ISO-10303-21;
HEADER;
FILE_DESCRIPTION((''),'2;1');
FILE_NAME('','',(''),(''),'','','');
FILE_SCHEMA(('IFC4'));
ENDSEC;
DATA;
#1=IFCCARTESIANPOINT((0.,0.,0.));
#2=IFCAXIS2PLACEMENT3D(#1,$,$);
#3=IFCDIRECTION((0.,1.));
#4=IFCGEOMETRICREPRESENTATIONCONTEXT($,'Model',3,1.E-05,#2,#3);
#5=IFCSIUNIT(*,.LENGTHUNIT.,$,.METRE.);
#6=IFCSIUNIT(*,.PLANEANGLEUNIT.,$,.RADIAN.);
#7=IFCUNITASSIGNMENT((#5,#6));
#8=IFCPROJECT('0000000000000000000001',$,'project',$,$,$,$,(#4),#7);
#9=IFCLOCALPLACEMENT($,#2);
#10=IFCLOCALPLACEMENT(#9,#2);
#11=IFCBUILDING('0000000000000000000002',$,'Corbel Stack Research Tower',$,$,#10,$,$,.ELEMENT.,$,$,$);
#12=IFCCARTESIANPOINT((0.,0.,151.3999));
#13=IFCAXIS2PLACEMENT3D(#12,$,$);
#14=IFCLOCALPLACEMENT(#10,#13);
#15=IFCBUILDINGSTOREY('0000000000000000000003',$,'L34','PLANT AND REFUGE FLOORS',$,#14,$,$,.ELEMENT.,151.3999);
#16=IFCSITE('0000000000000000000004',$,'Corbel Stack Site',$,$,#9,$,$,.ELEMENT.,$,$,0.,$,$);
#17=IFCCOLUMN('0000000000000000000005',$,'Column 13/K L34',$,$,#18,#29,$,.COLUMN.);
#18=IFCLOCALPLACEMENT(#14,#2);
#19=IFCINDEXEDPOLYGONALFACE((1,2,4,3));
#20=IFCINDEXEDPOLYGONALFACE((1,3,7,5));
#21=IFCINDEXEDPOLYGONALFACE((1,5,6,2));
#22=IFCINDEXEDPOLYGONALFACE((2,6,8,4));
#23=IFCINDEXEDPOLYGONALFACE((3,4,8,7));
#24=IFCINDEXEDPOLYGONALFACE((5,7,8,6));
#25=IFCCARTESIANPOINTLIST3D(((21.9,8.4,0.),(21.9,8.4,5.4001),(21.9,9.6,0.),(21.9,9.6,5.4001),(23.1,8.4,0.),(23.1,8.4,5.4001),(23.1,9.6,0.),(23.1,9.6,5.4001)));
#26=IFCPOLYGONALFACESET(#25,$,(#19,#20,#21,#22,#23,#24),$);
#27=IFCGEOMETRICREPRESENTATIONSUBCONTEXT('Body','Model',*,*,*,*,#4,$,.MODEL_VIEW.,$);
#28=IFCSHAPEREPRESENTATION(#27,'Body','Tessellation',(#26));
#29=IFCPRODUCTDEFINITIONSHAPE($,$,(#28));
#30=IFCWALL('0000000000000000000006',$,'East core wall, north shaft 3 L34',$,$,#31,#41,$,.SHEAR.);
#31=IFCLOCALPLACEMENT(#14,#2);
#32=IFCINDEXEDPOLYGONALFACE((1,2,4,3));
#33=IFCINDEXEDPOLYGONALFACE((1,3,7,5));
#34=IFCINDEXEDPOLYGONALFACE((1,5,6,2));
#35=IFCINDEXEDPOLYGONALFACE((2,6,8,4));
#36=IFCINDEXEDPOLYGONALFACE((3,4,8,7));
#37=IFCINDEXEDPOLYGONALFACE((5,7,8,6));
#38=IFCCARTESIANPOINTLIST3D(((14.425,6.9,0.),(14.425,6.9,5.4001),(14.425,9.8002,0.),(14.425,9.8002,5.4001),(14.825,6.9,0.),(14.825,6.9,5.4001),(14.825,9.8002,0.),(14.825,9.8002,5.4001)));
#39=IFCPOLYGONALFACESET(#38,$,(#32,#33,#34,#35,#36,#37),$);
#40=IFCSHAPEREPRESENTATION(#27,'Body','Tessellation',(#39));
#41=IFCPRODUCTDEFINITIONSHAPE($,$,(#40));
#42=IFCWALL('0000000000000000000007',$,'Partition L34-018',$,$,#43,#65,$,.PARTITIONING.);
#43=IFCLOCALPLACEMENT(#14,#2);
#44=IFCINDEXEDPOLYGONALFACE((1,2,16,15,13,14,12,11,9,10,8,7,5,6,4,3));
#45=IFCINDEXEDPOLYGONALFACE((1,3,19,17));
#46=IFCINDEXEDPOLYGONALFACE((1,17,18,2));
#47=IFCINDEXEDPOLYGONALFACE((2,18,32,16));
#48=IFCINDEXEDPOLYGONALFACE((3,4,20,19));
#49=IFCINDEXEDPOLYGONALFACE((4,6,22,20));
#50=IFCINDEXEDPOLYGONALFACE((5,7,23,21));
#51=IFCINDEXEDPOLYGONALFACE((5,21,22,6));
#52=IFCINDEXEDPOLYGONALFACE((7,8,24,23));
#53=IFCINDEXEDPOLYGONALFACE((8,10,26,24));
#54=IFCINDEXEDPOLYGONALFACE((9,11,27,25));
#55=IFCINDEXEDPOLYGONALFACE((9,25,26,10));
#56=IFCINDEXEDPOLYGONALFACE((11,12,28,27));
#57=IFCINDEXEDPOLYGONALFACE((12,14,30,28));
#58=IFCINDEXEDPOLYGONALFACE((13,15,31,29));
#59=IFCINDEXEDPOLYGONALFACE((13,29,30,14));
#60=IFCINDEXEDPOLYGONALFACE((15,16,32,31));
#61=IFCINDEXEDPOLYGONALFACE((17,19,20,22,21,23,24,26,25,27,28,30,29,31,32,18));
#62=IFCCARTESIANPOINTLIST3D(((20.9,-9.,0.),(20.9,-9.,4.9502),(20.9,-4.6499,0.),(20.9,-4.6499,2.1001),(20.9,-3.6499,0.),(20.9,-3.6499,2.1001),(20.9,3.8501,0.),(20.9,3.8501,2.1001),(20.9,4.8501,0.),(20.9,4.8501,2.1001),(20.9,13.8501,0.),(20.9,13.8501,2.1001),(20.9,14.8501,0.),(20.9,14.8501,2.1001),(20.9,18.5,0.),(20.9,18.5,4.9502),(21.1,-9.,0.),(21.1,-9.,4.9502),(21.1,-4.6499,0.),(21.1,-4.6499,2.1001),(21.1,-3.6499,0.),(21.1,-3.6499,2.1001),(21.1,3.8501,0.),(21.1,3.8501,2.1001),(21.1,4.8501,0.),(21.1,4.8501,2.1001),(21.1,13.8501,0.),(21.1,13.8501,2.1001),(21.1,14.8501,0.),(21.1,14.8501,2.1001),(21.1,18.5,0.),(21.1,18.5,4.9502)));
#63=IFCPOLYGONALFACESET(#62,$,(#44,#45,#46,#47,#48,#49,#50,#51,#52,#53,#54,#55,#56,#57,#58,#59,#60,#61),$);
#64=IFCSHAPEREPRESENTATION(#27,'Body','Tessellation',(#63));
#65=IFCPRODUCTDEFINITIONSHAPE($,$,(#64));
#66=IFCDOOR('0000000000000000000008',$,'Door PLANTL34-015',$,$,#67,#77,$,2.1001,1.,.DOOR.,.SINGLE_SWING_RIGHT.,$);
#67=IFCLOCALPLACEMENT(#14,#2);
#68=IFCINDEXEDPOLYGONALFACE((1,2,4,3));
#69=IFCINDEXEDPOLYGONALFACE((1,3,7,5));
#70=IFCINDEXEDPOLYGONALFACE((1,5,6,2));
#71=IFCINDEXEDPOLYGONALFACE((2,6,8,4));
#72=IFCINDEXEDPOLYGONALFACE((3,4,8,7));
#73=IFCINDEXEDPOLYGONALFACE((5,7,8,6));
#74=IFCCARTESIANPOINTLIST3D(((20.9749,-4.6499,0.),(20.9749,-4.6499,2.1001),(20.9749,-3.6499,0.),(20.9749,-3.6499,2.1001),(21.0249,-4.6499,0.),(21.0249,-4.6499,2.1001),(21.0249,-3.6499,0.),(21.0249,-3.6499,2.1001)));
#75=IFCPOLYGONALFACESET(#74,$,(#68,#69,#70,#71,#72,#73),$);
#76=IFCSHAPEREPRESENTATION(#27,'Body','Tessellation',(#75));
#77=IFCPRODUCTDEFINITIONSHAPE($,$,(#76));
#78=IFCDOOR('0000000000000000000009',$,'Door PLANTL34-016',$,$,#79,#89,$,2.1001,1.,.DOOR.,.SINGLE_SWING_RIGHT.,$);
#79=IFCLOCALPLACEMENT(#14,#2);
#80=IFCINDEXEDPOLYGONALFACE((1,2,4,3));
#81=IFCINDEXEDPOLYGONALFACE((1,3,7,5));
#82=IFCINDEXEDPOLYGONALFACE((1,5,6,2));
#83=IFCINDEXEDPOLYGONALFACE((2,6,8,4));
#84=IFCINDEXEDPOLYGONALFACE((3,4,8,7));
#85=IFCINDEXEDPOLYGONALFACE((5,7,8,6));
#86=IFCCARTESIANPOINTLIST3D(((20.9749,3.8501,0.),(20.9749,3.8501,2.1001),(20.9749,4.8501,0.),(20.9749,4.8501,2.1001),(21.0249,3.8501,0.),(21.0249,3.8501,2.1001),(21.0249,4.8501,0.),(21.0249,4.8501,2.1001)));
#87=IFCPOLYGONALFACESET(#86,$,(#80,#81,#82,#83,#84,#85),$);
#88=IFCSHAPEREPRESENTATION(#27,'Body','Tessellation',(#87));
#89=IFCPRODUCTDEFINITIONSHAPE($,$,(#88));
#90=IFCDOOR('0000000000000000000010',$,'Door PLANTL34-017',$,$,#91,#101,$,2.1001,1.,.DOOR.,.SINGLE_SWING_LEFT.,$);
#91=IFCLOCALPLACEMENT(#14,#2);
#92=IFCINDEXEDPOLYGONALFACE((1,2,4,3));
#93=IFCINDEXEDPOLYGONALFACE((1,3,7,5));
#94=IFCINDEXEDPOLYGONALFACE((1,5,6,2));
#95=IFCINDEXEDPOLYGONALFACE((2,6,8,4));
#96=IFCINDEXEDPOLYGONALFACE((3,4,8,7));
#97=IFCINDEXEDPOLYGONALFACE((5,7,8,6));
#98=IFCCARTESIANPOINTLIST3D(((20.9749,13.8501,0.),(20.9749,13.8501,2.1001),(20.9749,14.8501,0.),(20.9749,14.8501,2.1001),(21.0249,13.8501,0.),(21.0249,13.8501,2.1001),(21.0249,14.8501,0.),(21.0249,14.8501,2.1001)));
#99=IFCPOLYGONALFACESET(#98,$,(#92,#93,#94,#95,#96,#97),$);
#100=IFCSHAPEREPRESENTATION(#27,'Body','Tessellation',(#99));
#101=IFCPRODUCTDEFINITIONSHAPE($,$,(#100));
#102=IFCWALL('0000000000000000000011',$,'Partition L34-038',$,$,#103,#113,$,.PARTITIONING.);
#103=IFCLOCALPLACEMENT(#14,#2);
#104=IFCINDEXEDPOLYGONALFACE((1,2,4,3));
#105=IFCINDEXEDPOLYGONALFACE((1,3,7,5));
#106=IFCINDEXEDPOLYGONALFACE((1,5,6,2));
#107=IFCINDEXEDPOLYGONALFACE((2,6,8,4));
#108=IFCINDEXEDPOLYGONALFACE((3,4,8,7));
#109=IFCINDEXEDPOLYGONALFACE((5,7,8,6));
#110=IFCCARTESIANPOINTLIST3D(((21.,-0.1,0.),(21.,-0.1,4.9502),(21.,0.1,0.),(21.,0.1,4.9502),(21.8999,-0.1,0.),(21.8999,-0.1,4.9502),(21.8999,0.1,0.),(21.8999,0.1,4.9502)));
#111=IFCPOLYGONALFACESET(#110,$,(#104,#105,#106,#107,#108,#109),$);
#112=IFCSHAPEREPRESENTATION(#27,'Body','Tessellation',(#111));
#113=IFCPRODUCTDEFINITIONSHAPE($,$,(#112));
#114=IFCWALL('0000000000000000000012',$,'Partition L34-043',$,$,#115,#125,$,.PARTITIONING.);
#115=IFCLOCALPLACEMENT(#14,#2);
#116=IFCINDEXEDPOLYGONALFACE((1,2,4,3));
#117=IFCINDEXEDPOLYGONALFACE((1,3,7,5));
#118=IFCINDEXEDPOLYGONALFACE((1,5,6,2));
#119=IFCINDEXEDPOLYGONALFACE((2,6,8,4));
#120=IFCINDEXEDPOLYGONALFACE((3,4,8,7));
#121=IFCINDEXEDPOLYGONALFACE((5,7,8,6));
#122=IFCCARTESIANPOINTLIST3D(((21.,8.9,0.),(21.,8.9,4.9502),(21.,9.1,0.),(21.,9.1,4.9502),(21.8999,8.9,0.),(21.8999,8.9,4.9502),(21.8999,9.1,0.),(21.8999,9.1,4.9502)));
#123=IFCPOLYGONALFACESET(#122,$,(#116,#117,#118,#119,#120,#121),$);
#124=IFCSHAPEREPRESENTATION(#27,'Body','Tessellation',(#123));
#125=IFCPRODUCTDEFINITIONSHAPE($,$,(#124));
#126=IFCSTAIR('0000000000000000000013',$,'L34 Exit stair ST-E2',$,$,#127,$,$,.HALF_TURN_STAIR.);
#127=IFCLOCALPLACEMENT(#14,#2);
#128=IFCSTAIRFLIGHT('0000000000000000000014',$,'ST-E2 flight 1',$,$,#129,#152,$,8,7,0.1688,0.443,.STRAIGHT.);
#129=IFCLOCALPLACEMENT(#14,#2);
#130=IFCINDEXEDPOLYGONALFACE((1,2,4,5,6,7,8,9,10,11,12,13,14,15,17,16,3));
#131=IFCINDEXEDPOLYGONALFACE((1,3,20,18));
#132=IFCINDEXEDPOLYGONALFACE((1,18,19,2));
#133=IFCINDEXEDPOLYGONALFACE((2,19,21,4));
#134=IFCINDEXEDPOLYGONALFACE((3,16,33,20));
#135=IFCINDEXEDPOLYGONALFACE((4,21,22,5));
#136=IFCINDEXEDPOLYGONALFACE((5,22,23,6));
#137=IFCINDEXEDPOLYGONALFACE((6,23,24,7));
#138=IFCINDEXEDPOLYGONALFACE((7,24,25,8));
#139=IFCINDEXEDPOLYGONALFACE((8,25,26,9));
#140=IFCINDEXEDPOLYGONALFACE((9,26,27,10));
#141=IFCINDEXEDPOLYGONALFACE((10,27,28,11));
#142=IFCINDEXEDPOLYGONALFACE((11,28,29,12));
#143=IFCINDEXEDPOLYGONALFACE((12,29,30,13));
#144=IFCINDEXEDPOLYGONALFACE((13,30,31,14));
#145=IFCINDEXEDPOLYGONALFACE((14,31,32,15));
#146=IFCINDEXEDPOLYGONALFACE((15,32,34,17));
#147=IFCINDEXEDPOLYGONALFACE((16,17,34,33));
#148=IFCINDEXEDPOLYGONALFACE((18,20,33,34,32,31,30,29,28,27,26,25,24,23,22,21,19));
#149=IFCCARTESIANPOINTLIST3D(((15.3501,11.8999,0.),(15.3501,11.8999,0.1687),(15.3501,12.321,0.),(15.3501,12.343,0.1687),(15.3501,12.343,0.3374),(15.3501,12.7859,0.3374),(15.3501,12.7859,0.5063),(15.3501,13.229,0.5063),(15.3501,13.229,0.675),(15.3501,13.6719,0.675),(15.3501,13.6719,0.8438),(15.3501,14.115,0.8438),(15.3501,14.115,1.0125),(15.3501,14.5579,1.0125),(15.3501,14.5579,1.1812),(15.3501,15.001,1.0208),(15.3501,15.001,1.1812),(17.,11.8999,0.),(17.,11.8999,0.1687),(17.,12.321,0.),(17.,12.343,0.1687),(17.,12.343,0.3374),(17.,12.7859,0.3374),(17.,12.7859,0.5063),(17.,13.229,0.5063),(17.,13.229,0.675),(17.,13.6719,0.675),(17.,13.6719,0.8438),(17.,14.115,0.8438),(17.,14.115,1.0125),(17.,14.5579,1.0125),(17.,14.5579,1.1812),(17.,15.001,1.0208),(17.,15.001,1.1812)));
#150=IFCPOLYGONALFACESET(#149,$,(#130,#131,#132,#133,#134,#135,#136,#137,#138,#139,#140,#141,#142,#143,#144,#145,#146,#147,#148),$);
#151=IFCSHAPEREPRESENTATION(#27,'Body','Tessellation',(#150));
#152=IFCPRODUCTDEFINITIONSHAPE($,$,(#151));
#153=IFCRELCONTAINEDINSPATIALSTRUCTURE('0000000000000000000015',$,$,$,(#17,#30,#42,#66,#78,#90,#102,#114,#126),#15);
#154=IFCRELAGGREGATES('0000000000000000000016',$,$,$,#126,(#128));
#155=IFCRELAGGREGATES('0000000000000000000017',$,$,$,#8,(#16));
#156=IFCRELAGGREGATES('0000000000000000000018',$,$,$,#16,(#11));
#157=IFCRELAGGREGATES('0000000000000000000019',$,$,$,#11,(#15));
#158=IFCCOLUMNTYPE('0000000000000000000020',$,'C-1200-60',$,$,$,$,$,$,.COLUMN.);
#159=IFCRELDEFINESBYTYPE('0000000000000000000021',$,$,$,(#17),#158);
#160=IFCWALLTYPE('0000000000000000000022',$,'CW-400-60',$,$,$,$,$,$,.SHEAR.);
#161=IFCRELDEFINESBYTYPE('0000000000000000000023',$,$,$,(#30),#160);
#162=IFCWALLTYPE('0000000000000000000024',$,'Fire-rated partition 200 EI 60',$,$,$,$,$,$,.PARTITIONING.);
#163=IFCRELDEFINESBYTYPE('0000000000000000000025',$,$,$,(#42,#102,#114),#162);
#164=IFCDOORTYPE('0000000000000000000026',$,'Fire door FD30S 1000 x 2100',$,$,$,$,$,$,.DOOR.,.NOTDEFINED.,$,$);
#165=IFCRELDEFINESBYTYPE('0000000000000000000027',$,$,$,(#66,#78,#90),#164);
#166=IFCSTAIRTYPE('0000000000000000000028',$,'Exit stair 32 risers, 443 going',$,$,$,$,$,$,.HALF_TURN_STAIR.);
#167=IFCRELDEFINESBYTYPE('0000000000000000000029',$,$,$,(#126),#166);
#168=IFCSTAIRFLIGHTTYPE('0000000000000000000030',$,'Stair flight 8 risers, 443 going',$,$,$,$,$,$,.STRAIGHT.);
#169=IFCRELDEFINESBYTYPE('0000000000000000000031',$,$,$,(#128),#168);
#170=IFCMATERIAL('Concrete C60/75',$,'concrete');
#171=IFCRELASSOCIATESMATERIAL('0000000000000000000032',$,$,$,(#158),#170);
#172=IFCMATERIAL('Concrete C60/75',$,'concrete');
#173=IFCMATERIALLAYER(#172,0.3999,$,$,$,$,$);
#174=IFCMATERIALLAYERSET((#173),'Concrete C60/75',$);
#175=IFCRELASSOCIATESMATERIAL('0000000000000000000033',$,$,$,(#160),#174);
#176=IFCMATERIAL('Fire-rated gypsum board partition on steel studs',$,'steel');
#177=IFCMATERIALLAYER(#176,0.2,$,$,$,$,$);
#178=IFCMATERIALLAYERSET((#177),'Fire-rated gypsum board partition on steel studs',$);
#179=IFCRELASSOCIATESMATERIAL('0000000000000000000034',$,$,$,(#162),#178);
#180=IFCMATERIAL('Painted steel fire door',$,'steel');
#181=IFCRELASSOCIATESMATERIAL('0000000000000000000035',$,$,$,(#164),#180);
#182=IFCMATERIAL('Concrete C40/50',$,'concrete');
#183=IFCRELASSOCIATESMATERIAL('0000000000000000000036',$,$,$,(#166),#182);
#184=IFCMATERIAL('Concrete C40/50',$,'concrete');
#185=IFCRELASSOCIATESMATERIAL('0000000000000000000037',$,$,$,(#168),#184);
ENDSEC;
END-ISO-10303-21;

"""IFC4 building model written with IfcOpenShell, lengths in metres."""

from ifc_helpers import new_model, si_unit, direction, frame, frame_2d, origin, origin_2d, place, context, subcontext, project, spatial, polyline, rectangle, outline, extrude, material, layer, layer_set, material_profile, profile_set, type_object, element, fill, aggregate, save


model = new_model("IFC4")

# Units and contexts
model_context = context("Model", 3, precision=1e-05, world=origin(), true_north=direction((0.0, 1.0)))
body_context = subcontext(model_context, "Body", "Model", "MODEL_VIEW")
ifc_project = project(units=[si_unit("LENGTHUNIT", "METRE"), si_unit("PLANEANGLEUNIT", "RADIAN")], contexts=[model_context])

# Site, building, storey
site_placement = place(None, origin())
site = spatial("IfcSite", under=ifc_project, at=site_placement, Name="Corbel Stack Site", CompositionType="ELEMENT", RefElevation=0.0)
building_placement = place(site_placement, origin())
building = spatial("IfcBuilding", under=site, at=building_placement, Name="Corbel Stack Research Tower", CompositionType="ELEMENT")
storey_placement = place(building_placement, frame((0.0, 0.0, 151.3999)))
storey = spatial("IfcBuildingStorey", under=building, at=storey_placement, Name="L34", Description="PLANT AND REFUGE FLOORS", CompositionType="ELEMENT", Elevation=151.3999)

# Column
ifc_material_1 = material(Name="Concrete C60/75", Category="concrete")
ifc_material_profile = material_profile(ifc_material_1, rectangle(XDim=1.2, YDim=1.2, at=origin_2d()), Name="RC 1200 x 1200")
ifc_profile_set = profile_set([ifc_material_profile], Name="Concrete C60/75")
column_type = type_object("IfcColumnType", Name="C-1200-60", PredefinedType="COLUMN", material=ifc_profile_set)
column_placement = place(storey_placement, frame((22.5, 9.0, 0.0), z_axis=(0.0, 0.0, 1.0), x_axis=(1.0, 0.0, 0.0)))
element("IfcColumn", 1, at=column_placement, inside=storey, type_object=column_type, Name="Column 13/K L34", PredefinedType="COLUMN", context=body_context, shape_type="SweptSolid", body=[
    extrude(rectangle(XDim=1.2, YDim=1.2, at=origin_2d()), origin(), (0.0, 0.0, 1.0), 5.4001),
])

# Wall
ifc_material_2 = material(Name="Concrete C60/75", Category="concrete")
ifc_layer_1 = layer(ifc_material_2, 0.3999)
ifc_layer_set_1 = layer_set([ifc_layer_1], Name="Concrete C60/75")
wall_type_1 = type_object("IfcWallType", Name="CW-400-60", PredefinedType="SHEAR", material=ifc_layer_set_1)
wall_1_placement = place(storey_placement, frame((14.625, 6.8999, 0.0), z_axis=(0.0, 0.0, 1.0), x_axis=(0.0, 1.0, 0.0)))
element("IfcWall", 2, at=wall_1_placement, inside=storey, type_object=wall_type_1, Name="East core wall, north shaft 3 L34", PredefinedType="SHEAR", context=body_context, shape_type="SweptSolid", body=[
    extrude(rectangle(XDim=2.9001, YDim=0.3999, at=frame_2d((1.4502, 0.0))), origin(), (0.0, 0.0, 1.0), 5.4001),
])

# Wall, openings, doors
ifc_material_3 = material(Name="Fire-rated gypsum board partition on steel studs", Category="steel")
ifc_layer_2 = layer(ifc_material_3, 0.2)
ifc_layer_set_2 = layer_set([ifc_layer_2], Name="Fire-rated gypsum board partition on steel studs")
wall_type_2 = type_object("IfcWallType", Name="Fire-rated partition 200 EI 60", PredefinedType="PARTITIONING", material=ifc_layer_set_2)
wall_2_placement = place(storey_placement, frame((21.0, 18.5, 0.0), z_axis=(0.0, 0.0, 1.0), x_axis=(0.0, -1.0, 0.0)))
wall_2 = element("IfcWall", 3, at=wall_2_placement, inside=storey, type_object=wall_type_2, Name="Partition L34-018", PredefinedType="PARTITIONING", context=body_context, shape_type="SweptSolid", body=[
    extrude(rectangle(XDim=27.5, YDim=0.2, at=frame_2d((13.75, 0.0))), origin(), (0.0, 0.0, 1.0), 4.9502),
])
opening_1_placement = place(wall_2_placement, frame((22.1499, 0.0, 0.0)))
opening_1 = element("IfcOpeningElement", 4, at=opening_1_placement, cuts=wall_2, PredefinedType="OPENING", context=body_context, shape_type="SweptSolid", body=[
    extrude(rectangle(XDim=1.0, YDim=2.1001, at=frame_2d((0.5, 1.05))), frame((0.0, 0.1099, 0.0), z_axis=(0.0, -1.0, 0.0), x_axis=(1.0, 0.0, 0.0)), (0.0, 0.0, 1.0), 0.22),
])
opening_2_placement = place(wall_2_placement, frame((13.6499, 0.0, 0.0)))
opening_2 = element("IfcOpeningElement", 5, at=opening_2_placement, cuts=wall_2, PredefinedType="OPENING", context=body_context, shape_type="SweptSolid", body=[
    extrude(rectangle(XDim=1.0, YDim=2.1001, at=frame_2d((0.5, 1.05))), frame((0.0, 0.1099, 0.0), z_axis=(0.0, -1.0, 0.0), x_axis=(1.0, 0.0, 0.0)), (0.0, 0.0, 1.0), 0.22),
])
opening_3_placement = place(wall_2_placement, frame((3.6499, 0.0, 0.0)))
opening_3 = element("IfcOpeningElement", 6, at=opening_3_placement, cuts=wall_2, PredefinedType="OPENING", context=body_context, shape_type="SweptSolid", body=[
    extrude(rectangle(XDim=1.0, YDim=2.1001, at=frame_2d((0.5, 1.05))), frame((0.0, 0.1099, 0.0), z_axis=(0.0, -1.0, 0.0), x_axis=(1.0, 0.0, 0.0)), (0.0, 0.0, 1.0), 0.22),
])
ifc_material_4 = material(Name="Painted steel fire door", Category="steel")
door_type = type_object("IfcDoorType", Name="Fire door FD30S 1000 x 2100", OperationType="NOTDEFINED", PredefinedType="DOOR", material=ifc_material_4)
door_1_placement = place(opening_1_placement, origin())
door_1 = element("IfcDoor", 7, at=door_1_placement, inside=storey, type_object=door_type, Name="Door PLANTL34-015", OperationType="SINGLE_SWING_RIGHT", OverallHeight=2.1001, OverallWidth=1.0, PredefinedType="DOOR", context=body_context, shape_type="SweptSolid", body=[
    extrude(rectangle(XDim=1.0, YDim=2.1001, at=frame_2d((0.5, 1.05))), frame((0.0, 0.0249, 0.0), z_axis=(0.0, -1.0, 0.0), x_axis=(1.0, 0.0, 0.0)), (0.0, 0.0, 1.0), 0.05),
])
fill(opening_1, door_1)
door_2_placement = place(opening_2_placement, origin())
door_2 = element("IfcDoor", 8, at=door_2_placement, inside=storey, type_object=door_type, Name="Door PLANTL34-016", OperationType="SINGLE_SWING_RIGHT", OverallHeight=2.1001, OverallWidth=1.0, PredefinedType="DOOR", context=body_context, shape_type="SweptSolid", body=[
    extrude(rectangle(XDim=1.0, YDim=2.1001, at=frame_2d((0.5, 1.05))), frame((0.0, 0.0249, 0.0), z_axis=(0.0, -1.0, 0.0), x_axis=(1.0, 0.0, 0.0)), (0.0, 0.0, 1.0), 0.05),
])
fill(opening_2, door_2)
door_3_placement = place(opening_3_placement, origin())
door_3 = element("IfcDoor", 9, at=door_3_placement, inside=storey, type_object=door_type, Name="Door PLANTL34-017", OperationType="SINGLE_SWING_LEFT", OverallHeight=2.1001, OverallWidth=1.0, PredefinedType="DOOR", context=body_context, shape_type="SweptSolid", body=[
    extrude(rectangle(XDim=1.0, YDim=2.1001, at=frame_2d((0.5, 1.05))), frame((0.0, 0.0249, 0.0), z_axis=(0.0, -1.0, 0.0), x_axis=(1.0, 0.0, 0.0)), (0.0, 0.0, 1.0), 0.05),
])
fill(opening_3, door_3)

# Walls
for number, where, z_axis, x_axis, name in (
    (10, (21.0, 0.0, 0.0), (0.0, 0.0, 1.0), (1.0, 0.0, 0.0), "Partition L34-038"),
    (11, (21.0, 9.0, 0.0), (0.0, 0.0, 1.0), (1.0, 0.0, 0.0), "Partition L34-043"),
):
    element("IfcWall", number, at=place(storey_placement, frame(where, z_axis=z_axis, x_axis=x_axis)), inside=storey, type_object=wall_type_2, Name=name, PredefinedType="PARTITIONING", context=body_context, shape_type="SweptSolid", body=[
        extrude(rectangle(XDim=0.8999, YDim=0.2, at=frame_2d((0.45, 0.0))), origin(), (0.0, 0.0, 1.0), 4.9502),
    ])

# Stair, stair flight
ifc_material_5 = material(Name="Concrete C40/50", Category="concrete")
stair_type = type_object("IfcStairType", Name="Exit stair 32 risers, 443 going", PredefinedType="HALF_TURN_STAIR", material=ifc_material_5)
stair_placement = place(storey_placement, origin())
stair = element("IfcStair", 12, at=stair_placement, inside=storey, type_object=stair_type, Name="L34 Exit stair ST-E2", PredefinedType="HALF_TURN_STAIR")
ifc_material_6 = material(Name="Concrete C40/50", Category="concrete")
stair_flight_type = type_object("IfcStairFlightType", Name="Stair flight 8 risers, 443 going", PredefinedType="STRAIGHT", material=ifc_material_6)
stair_flight_1_placement = place(storey_placement, frame((16.175, 11.8999, 0.0), z_axis=(0.0, 0.0, 1.0), x_axis=(0.0, 1.0, 0.0)))
stair_flight_1 = element("IfcStairFlight", 13, at=stair_flight_1_placement, type_object=stair_flight_type, Name="ST-E2 flight 1", NumberOfRisers=8, NumberOfTreads=7, PredefinedType="STRAIGHT", RiserHeight=0.1688, TreadLength=0.443, context=body_context, shape_type="SweptSolid", body=[
    extrude(outline(polyline([(0.0, 0.0), (0.0, 0.1687), (0.4431, 0.1687), (0.4431, 0.3374), (0.886, 0.3374), (0.886, 0.5063), (1.3291, 0.5063), (1.3291, 0.675), (1.772, 0.675), (1.772, 0.8438), (2.2151, 0.8438), (2.2151, 1.0125), (2.658, 1.0125), (2.658, 1.1812), (3.1011, 1.1812), (3.1011, 1.3501), (3.1011, 1.0208), (0.4211, 0.0), (0.0, 0.0)])), frame((0.0, 0.825, 0.0), z_axis=(0.0, -1.0, 0.0), x_axis=(1.0, 0.0, 0.0)), (0.0, 0.0, 1.0), 1.6499),
])
aggregate(stair, [stair_flight_1])

save(model, "model.ifc")
